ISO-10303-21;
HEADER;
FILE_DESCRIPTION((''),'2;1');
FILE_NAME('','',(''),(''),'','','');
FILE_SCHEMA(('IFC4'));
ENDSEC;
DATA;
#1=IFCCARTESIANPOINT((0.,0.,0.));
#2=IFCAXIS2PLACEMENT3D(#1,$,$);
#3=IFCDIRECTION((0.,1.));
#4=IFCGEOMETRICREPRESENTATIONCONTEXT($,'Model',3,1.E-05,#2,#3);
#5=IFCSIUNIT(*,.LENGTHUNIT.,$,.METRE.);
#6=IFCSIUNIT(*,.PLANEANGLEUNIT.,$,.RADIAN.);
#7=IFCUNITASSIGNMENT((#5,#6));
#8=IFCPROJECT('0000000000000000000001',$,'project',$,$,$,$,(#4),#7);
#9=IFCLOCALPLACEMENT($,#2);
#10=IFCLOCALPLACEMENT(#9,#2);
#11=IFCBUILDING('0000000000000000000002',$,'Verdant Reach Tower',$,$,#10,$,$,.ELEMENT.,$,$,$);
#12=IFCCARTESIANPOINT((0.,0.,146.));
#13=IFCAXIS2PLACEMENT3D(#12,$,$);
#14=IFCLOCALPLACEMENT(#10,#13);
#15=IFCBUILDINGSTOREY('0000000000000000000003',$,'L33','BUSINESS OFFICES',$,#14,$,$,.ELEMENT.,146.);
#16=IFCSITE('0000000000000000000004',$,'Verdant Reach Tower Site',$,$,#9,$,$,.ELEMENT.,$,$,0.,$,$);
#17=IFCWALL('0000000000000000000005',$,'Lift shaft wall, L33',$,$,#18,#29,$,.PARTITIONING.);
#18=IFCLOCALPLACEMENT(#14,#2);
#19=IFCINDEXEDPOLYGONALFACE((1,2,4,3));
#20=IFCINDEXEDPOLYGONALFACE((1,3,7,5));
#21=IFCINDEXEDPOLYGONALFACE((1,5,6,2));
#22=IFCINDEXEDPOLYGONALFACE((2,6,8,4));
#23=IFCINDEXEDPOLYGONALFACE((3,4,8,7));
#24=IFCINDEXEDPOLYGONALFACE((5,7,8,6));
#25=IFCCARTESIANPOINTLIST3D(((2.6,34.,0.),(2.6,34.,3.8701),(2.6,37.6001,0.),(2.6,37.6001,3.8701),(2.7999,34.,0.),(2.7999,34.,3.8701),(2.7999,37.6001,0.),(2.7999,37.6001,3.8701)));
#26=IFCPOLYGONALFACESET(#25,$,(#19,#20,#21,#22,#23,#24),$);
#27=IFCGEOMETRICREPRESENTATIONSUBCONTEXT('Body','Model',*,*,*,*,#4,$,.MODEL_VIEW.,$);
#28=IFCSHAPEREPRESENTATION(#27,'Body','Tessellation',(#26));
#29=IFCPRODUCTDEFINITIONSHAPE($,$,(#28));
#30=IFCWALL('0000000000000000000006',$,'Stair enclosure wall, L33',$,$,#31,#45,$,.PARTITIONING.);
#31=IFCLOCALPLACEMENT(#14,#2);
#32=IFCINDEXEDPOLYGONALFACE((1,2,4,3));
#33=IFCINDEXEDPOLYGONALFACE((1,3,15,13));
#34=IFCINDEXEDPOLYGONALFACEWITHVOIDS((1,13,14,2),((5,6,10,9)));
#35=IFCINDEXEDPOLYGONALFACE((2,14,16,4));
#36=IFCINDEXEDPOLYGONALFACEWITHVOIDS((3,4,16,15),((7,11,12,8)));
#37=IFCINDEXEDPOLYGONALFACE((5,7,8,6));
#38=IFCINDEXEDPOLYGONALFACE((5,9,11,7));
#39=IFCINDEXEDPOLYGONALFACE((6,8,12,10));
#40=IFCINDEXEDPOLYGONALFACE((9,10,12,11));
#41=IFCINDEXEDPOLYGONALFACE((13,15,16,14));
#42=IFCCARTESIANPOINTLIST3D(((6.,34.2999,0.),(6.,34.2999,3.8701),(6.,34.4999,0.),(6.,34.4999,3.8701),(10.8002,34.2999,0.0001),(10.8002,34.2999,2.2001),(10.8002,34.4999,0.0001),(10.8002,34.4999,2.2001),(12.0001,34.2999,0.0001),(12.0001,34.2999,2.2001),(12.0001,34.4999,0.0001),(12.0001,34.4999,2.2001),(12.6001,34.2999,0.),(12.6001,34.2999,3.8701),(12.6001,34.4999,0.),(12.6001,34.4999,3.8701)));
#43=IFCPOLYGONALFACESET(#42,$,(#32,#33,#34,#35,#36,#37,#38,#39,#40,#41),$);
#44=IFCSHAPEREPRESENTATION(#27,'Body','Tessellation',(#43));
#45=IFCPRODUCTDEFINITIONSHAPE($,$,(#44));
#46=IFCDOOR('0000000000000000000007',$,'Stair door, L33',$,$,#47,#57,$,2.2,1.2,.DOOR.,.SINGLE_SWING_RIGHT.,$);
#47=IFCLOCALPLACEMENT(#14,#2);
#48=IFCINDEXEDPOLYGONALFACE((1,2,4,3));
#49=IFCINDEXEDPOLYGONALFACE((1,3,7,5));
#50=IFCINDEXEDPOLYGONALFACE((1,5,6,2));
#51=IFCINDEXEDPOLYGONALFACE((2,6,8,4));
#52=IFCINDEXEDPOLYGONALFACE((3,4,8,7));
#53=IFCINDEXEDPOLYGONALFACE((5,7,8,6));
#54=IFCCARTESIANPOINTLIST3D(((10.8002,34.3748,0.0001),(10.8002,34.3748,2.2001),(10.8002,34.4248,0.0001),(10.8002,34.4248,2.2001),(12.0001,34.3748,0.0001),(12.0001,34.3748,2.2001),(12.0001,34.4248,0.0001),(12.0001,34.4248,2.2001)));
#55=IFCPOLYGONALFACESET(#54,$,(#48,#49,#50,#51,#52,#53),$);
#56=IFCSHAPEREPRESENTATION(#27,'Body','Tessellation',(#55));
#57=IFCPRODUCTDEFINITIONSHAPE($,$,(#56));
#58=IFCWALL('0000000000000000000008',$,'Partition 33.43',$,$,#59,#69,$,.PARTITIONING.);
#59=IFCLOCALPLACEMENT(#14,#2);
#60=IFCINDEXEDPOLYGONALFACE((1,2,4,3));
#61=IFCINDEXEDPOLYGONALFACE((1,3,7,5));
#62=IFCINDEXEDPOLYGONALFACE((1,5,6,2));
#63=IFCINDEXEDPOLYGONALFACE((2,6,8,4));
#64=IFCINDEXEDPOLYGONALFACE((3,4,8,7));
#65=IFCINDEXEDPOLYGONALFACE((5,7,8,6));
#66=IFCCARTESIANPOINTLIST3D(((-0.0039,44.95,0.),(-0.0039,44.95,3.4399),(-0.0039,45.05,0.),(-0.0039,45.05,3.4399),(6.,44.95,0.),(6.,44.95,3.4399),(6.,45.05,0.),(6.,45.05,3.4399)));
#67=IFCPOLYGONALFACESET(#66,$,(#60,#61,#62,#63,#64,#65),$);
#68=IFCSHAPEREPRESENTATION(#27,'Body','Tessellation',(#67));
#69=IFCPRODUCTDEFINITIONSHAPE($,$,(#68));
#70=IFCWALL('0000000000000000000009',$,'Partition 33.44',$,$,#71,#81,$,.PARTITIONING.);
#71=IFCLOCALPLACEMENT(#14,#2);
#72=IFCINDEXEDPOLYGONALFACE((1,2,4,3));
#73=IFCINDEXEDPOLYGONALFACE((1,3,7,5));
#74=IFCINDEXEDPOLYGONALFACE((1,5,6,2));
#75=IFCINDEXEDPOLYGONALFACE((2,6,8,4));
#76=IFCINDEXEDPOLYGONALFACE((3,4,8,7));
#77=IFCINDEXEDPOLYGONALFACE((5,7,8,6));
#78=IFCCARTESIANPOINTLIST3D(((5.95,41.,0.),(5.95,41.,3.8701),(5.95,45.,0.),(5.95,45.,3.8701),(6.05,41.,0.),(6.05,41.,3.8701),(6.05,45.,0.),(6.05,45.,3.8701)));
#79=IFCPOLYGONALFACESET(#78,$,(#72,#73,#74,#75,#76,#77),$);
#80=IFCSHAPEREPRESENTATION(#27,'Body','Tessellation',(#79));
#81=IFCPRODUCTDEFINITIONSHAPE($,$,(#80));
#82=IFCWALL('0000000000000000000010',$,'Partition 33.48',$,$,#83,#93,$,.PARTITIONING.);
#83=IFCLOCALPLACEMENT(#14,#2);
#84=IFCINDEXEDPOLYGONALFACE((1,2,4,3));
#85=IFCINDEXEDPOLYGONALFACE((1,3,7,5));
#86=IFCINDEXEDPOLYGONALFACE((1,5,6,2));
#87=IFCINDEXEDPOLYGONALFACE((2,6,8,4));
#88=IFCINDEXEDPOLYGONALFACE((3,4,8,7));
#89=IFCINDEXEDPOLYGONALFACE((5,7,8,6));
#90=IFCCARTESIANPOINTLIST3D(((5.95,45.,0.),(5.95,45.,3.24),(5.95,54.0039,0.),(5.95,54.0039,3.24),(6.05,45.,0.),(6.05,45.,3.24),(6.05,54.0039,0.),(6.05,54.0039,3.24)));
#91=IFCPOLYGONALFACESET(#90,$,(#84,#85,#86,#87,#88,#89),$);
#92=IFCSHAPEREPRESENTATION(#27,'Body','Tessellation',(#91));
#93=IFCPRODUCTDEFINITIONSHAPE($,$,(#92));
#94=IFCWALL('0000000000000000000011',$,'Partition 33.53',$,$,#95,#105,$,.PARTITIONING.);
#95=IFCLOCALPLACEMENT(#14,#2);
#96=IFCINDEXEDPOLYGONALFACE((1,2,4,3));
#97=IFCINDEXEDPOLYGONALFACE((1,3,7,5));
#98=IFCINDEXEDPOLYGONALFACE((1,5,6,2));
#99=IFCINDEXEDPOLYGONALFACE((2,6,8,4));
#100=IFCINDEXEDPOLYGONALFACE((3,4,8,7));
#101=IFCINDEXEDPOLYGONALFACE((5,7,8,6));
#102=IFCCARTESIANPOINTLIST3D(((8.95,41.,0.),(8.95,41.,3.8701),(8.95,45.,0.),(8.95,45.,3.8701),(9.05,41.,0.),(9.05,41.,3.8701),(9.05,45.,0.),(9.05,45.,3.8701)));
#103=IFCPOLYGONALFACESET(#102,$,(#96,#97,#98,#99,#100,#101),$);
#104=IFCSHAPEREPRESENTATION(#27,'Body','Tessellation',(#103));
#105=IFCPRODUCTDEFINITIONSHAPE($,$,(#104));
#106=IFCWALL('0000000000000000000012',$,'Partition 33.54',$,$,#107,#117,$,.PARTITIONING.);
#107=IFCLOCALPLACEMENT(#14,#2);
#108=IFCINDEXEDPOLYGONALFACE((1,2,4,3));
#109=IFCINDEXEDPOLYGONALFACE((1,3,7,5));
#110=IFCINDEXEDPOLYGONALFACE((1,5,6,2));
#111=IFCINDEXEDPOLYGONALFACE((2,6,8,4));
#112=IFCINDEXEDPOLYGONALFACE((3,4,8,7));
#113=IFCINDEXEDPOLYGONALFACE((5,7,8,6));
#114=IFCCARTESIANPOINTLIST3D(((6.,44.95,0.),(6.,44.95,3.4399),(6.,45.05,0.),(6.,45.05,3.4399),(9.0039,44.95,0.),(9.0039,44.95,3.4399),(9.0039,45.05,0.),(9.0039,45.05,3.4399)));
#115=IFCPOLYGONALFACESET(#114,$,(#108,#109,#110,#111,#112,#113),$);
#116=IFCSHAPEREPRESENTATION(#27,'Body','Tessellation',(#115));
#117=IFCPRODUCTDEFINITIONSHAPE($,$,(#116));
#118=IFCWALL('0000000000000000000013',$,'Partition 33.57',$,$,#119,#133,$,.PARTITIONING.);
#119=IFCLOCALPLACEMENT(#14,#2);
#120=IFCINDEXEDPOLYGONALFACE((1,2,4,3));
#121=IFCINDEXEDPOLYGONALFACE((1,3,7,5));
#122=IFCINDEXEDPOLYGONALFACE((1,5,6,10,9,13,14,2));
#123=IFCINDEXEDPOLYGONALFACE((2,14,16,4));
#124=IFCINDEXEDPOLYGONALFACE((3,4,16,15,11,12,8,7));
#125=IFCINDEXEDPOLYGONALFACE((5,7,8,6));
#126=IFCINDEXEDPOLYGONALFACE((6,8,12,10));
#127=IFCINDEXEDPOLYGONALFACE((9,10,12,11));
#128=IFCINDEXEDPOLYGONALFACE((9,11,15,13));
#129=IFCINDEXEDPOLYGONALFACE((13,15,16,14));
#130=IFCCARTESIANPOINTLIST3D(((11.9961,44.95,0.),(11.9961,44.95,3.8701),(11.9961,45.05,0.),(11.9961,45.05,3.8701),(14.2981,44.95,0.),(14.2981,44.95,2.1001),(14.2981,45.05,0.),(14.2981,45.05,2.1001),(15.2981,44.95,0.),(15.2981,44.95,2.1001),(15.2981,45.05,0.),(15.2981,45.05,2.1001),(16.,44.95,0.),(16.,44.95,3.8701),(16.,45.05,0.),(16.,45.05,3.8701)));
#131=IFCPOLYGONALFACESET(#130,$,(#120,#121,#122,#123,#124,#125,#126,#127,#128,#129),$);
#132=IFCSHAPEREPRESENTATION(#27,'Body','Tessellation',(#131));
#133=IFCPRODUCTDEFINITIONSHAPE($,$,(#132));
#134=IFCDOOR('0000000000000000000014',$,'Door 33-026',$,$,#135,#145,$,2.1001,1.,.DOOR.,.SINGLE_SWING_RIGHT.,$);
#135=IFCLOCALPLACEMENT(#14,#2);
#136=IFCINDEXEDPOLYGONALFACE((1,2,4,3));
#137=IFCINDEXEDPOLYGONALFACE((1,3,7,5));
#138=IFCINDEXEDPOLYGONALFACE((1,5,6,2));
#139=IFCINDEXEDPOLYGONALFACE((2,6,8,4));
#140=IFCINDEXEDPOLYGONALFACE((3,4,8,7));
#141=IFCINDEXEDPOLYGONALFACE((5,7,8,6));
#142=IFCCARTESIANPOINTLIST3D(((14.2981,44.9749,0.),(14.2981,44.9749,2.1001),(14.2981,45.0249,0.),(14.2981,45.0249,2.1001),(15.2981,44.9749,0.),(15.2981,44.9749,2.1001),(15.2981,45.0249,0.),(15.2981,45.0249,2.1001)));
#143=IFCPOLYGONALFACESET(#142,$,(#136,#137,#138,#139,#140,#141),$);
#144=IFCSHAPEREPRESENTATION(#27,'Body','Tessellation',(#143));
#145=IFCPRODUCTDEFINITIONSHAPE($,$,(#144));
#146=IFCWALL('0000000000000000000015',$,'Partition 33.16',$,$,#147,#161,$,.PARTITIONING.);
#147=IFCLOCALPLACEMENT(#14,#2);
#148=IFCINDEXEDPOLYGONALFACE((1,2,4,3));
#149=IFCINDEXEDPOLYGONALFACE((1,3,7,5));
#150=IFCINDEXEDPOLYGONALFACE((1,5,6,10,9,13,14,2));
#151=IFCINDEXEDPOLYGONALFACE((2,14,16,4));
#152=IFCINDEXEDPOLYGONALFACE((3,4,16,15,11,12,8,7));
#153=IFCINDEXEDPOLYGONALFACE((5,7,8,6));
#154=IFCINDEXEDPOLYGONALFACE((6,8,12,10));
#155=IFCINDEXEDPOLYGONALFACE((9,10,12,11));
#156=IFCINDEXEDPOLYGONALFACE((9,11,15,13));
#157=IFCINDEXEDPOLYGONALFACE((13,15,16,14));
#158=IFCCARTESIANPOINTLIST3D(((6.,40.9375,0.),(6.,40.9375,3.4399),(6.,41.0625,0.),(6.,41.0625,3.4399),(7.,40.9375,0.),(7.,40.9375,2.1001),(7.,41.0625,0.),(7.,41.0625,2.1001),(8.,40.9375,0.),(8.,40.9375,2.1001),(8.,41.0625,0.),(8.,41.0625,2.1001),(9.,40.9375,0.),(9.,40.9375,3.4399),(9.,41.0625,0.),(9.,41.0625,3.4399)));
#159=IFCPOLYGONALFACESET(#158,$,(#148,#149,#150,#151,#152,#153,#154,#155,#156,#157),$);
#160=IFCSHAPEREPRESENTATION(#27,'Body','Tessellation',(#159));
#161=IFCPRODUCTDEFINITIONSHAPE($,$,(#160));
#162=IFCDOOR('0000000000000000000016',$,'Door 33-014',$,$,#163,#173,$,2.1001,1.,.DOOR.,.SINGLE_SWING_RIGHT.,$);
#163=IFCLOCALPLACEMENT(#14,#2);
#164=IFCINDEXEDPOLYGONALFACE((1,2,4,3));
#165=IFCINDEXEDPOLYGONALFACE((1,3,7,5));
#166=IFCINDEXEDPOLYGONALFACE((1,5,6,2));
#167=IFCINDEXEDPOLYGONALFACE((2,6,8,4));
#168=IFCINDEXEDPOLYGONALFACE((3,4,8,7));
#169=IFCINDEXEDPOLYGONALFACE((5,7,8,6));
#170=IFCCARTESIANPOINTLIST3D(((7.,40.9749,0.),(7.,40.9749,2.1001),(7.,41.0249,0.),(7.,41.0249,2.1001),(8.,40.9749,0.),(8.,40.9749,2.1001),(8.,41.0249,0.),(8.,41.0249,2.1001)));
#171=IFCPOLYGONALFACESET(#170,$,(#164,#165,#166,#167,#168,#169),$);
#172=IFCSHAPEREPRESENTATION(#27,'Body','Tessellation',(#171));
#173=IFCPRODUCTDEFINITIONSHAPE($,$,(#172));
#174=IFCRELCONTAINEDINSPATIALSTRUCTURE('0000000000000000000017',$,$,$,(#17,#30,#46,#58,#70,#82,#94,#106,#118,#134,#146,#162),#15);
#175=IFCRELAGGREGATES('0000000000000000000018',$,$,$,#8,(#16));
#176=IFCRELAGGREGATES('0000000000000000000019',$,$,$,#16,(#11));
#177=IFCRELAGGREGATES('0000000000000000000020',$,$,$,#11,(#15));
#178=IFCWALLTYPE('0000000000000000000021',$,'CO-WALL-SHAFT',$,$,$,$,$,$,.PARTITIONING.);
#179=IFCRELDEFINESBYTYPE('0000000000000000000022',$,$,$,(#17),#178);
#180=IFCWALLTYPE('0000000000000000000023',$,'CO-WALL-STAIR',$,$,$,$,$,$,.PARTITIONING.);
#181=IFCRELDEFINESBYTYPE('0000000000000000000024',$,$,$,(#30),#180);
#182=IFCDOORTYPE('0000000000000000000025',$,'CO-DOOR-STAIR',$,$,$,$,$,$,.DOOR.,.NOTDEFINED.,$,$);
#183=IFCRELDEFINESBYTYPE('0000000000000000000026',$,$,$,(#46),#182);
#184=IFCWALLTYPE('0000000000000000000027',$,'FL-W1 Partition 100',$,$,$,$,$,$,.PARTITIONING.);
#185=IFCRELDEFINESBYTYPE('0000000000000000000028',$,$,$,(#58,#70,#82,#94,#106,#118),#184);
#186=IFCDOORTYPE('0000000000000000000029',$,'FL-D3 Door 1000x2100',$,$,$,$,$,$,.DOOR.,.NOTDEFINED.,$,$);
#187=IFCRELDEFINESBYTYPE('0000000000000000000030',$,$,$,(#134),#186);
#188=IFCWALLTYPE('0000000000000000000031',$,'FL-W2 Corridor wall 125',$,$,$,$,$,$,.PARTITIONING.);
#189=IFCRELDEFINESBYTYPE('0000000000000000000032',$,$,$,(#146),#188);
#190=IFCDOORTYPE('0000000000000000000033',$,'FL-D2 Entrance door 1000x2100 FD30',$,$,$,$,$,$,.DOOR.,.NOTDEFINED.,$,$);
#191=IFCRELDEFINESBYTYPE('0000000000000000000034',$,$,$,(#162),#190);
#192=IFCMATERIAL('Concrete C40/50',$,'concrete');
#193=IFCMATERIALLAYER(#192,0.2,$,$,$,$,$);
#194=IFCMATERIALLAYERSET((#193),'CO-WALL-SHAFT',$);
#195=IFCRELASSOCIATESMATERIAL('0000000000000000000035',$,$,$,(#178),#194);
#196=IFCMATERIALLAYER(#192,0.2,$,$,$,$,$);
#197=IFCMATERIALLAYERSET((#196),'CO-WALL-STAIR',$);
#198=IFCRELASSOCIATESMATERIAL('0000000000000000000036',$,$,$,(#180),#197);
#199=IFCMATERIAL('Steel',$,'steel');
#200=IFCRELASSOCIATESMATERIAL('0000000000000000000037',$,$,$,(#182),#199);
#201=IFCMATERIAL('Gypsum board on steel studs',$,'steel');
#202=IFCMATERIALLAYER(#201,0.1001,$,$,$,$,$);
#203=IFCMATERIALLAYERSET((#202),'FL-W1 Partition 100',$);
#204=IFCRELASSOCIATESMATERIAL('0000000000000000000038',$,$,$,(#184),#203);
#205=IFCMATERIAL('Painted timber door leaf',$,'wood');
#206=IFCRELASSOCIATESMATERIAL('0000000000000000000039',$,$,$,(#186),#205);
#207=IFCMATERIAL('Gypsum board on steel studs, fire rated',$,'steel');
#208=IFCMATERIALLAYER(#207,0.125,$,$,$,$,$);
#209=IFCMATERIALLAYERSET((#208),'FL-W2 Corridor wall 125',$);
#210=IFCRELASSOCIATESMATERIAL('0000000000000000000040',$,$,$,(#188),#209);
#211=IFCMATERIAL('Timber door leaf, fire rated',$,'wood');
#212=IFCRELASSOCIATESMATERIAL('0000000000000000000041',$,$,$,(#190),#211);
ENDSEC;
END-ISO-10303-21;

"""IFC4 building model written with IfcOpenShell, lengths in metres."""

from ifc_helpers import new_model, si_unit, direction, frame, frame_2d, origin, place, context, subcontext, project, spatial, rectangle, extrude, material, layer, layer_set, type_object, element, fill, save


model = new_model("IFC4")

# Units and contexts
model_context = context("Model", 3, precision=1e-05, world=origin(), true_north=direction((0.0, 1.0)))
body_context = subcontext(model_context, "Body", "Model", "MODEL_VIEW")
ifc_project = project(units=[si_unit("LENGTHUNIT", "METRE"), si_unit("PLANEANGLEUNIT", "RADIAN")], contexts=[model_context])

# Site, building, storey
site_placement = place(None, origin())
site = spatial("IfcSite", under=ifc_project, at=site_placement, Name="Verdant Reach Tower Site", CompositionType="ELEMENT", RefElevation=0.0)
building_placement = place(site_placement, origin())
building = spatial("IfcBuilding", under=site, at=building_placement, Name="Verdant Reach Tower", CompositionType="ELEMENT")
storey_placement = place(building_placement, frame((0.0, 0.0, 146.0)))
storey = spatial("IfcBuildingStorey", under=building, at=storey_placement, Name="L33", Description="BUSINESS OFFICES", CompositionType="ELEMENT", Elevation=146.0)

# Wall
ifc_material_1 = material(Name="Concrete C40/50", Category="concrete")
ifc_layer_1 = layer(ifc_material_1, 0.2)
ifc_layer_set_1 = layer_set([ifc_layer_1], Name="CO-WALL-SHAFT")
wall_type_1 = type_object("IfcWallType", Name="CO-WALL-SHAFT", PredefinedType="PARTITIONING", material=ifc_layer_set_1)
wall_1_placement = place(storey_placement, frame((2.7, 34.0, 0.0), z_axis=(0.0, 0.0, 1.0), x_axis=(0.0, 1.0, 0.0)))
element("IfcWall", 1, at=wall_1_placement, inside=storey, type_object=wall_type_1, Name="Lift shaft wall, L33", PredefinedType="PARTITIONING", context=body_context, shape_type="SweptSolid", body=[
    extrude(rectangle(XDim=3.6001, YDim=0.2, at=frame_2d((1.8, 0.0))), origin(), (0.0, 0.0, 1.0), 3.8701),
])

# Wall, opening, door
ifc_layer_2 = layer(ifc_material_1, 0.2)
ifc_layer_set_2 = layer_set([ifc_layer_2], Name="CO-WALL-STAIR")
wall_type_2 = type_object("IfcWallType", Name="CO-WALL-STAIR", PredefinedType="PARTITIONING", material=ifc_layer_set_2)
wall_2_placement = place(storey_placement, frame((6.0, 34.3999, 0.0), z_axis=(0.0, 0.0, 1.0), x_axis=(1.0, 0.0, 0.0)))
wall_2 = element("IfcWall", 2, at=wall_2_placement, inside=storey, type_object=wall_type_2, Name="Stair enclosure wall, L33", PredefinedType="PARTITIONING", context=body_context, shape_type="SweptSolid", body=[
    extrude(rectangle(XDim=6.6001, YDim=0.2, at=frame_2d((3.3, 0.0))), origin(), (0.0, 0.0, 1.0), 3.8701),
])
opening_1_placement = place(wall_2_placement, frame((4.8, 0.0, 0.0)))
opening_1 = element("IfcOpeningElement", 3, at=opening_1_placement, cuts=wall_2, PredefinedType="OPENING", context=body_context, shape_type="SweptSolid", body=[
    extrude(rectangle(XDim=1.2, YDim=2.2, at=frame_2d((0.6001, 1.1001))), frame((0.0, 0.1099, 0.0), z_axis=(0.0, -1.0, 0.0), x_axis=(1.0, 0.0, 0.0)), (0.0, 0.0, 1.0), 0.22),
])
ifc_material_2 = material(Name="Steel", Category="steel")
door_type_1 = type_object("IfcDoorType", Name="CO-DOOR-STAIR", OperationType="NOTDEFINED", PredefinedType="DOOR", material=ifc_material_2)
door_1_placement = place(opening_1_placement, origin())
door_1 = element("IfcDoor", 4, at=door_1_placement, inside=storey, type_object=door_type_1, Name="Stair door, L33", OperationType="SINGLE_SWING_RIGHT", OverallHeight=2.2, OverallWidth=1.2, PredefinedType="DOOR", context=body_context, shape_type="SweptSolid", body=[
    extrude(rectangle(XDim=1.2, YDim=2.2, at=frame_2d((0.6001, 1.1001))), frame((0.0, 0.0249, 0.0), z_axis=(0.0, -1.0, 0.0), x_axis=(1.0, 0.0, 0.0)), (0.0, 0.0, 1.0), 0.05),
])
fill(opening_1, door_1)

# Walls
ifc_material_3 = material(Name="Gypsum board on steel studs", Category="steel")
ifc_layer_3 = layer(ifc_material_3, 0.1001)
ifc_layer_set_3 = layer_set([ifc_layer_3], Name="FL-W1 Partition 100")
wall_type_3 = type_object("IfcWallType", Name="FL-W1 Partition 100", PredefinedType="PARTITIONING", material=ifc_layer_set_3)
wall_3_placement = place(storey_placement, frame((6.0, 45.0, 0.0), z_axis=(0.0, 0.0, 1.0), x_axis=(-1.0, 0.0, 0.0)))
element("IfcWall", 5, at=wall_3_placement, inside=storey, type_object=wall_type_3, Name="Partition 33.43", PredefinedType="PARTITIONING", context=body_context, shape_type="SweptSolid", body=[
    extrude(rectangle(XDim=6.0039, YDim=0.1001, at=frame_2d((3.002, 0.0))), origin(), (0.0, 0.0, 1.0), 3.4399),
])
wall_4_placement = place(storey_placement, frame((6.0, 41.0, 0.0), z_axis=(0.0, 0.0, 1.0), x_axis=(0.0, 1.0, 0.0)))
element("IfcWall", 6, at=wall_4_placement, inside=storey, type_object=wall_type_3, Name="Partition 33.44", PredefinedType="PARTITIONING", context=body_context, shape_type="SweptSolid", body=[
    extrude(rectangle(XDim=4.0, YDim=0.1001, at=frame_2d((2.0, 0.0))), origin(), (0.0, 0.0, 1.0), 3.8701),
])
wall_5_placement = place(storey_placement, frame((6.0, 45.0, 0.0), z_axis=(0.0, 0.0, 1.0), x_axis=(0.0, 1.0, 0.0)))
element("IfcWall", 7, at=wall_5_placement, inside=storey, type_object=wall_type_3, Name="Partition 33.48", PredefinedType="PARTITIONING", context=body_context, shape_type="SweptSolid", body=[
    extrude(rectangle(XDim=9.0039, YDim=0.1001, at=frame_2d((4.502, 0.0))), origin(), (0.0, 0.0, 1.0), 3.24),
])
wall_6_placement = place(storey_placement, frame((9.0, 41.0, 0.0), z_axis=(0.0, 0.0, 1.0), x_axis=(0.0, 1.0, 0.0)))
element("IfcWall", 8, at=wall_6_placement, inside=storey, type_object=wall_type_3, Name="Partition 33.53", PredefinedType="PARTITIONING", context=body_context, shape_type="SweptSolid", body=[
    extrude(rectangle(XDim=4.0, YDim=0.1001, at=frame_2d((2.0, 0.0))), origin(), (0.0, 0.0, 1.0), 3.8701),
])
wall_7_placement = place(storey_placement, frame((9.0039, 45.0, 0.0), z_axis=(0.0, 0.0, 1.0), x_axis=(-1.0, 0.0, 0.0)))
element("IfcWall", 9, at=wall_7_placement, inside=storey, type_object=wall_type_3, Name="Partition 33.54", PredefinedType="PARTITIONING", context=body_context, shape_type="SweptSolid", body=[
    extrude(rectangle(XDim=3.0039, YDim=0.1001, at=frame_2d((1.502, 0.0))), origin(), (0.0, 0.0, 1.0), 3.4399),
])

# Walls, openings, doors
wall_8_placement = place(storey_placement, frame((11.9961, 45.0, 0.0), z_axis=(0.0, 0.0, 1.0), x_axis=(1.0, 0.0, 0.0)))
wall_8 = element("IfcWall", 10, at=wall_8_placement, inside=storey, type_object=wall_type_3, Name="Partition 33.57", PredefinedType="PARTITIONING", context=body_context, shape_type="SweptSolid", body=[
    extrude(rectangle(XDim=4.0039, YDim=0.1001, at=frame_2d((2.002, 0.0))), origin(), (0.0, 0.0, 1.0), 3.8701),
])
opening_2_placement = place(wall_8_placement, frame((2.302, 0.0, 0.0)))
opening_2 = element("IfcOpeningElement", 11, at=opening_2_placement, cuts=wall_8, PredefinedType="OPENING", context=body_context, shape_type="SweptSolid", body=[
    extrude(rectangle(XDim=1.0, YDim=2.1001, at=frame_2d((0.5, 1.05))), frame((0.0, 0.0601, 0.0), z_axis=(0.0, -1.0, 0.0), x_axis=(1.0, 0.0, 0.0)), (0.0, 0.0, 1.0), 0.1201),
])
ifc_material_4 = material(Name="Painted timber door leaf", Category="wood")
door_type_2 = type_object("IfcDoorType", Name="FL-D3 Door 1000x2100", OperationType="NOTDEFINED", PredefinedType="DOOR", material=ifc_material_4)
door_2_placement = place(opening_2_placement, origin())
door_2 = element("IfcDoor", 12, at=door_2_placement, inside=storey, type_object=door_type_2, Name="Door 33-026", OperationType="SINGLE_SWING_RIGHT", OverallHeight=2.1001, OverallWidth=1.0, PredefinedType="DOOR", context=body_context, shape_type="SweptSolid", body=[
    extrude(rectangle(XDim=1.0, YDim=2.1001, at=frame_2d((0.5, 1.05))), frame((0.0, 0.0249, 0.0), z_axis=(0.0, -1.0, 0.0), x_axis=(1.0, 0.0, 0.0)), (0.0, 0.0, 1.0), 0.05),
])
fill(opening_2, door_2)
ifc_material_5 = material(Name="Gypsum board on steel studs, fire rated", Category="steel")
ifc_layer_4 = layer(ifc_material_5, 0.125)
ifc_layer_set_4 = layer_set([ifc_layer_4], Name="FL-W2 Corridor wall 125")
wall_type_4 = type_object("IfcWallType", Name="FL-W2 Corridor wall 125", PredefinedType="PARTITIONING", material=ifc_layer_set_4)
wall_9_placement = place(storey_placement, frame((6.0, 41.0, 0.0), z_axis=(0.0, 0.0, 1.0), x_axis=(1.0, 0.0, 0.0)))
wall_9 = element("IfcWall", 13, at=wall_9_placement, inside=storey, type_object=wall_type_4, Name="Partition 33.16", PredefinedType="PARTITIONING", context=body_context, shape_type="SweptSolid", body=[
    extrude(rectangle(XDim=3.0, YDim=0.125, at=frame_2d((1.5, 0.0))), origin(), (0.0, 0.0, 1.0), 3.4399),
])
opening_3_placement = place(wall_9_placement, frame((1.0, 0.0, 0.0)))
opening_3 = element("IfcOpeningElement", 14, at=opening_3_placement, cuts=wall_9, PredefinedType="OPENING", context=body_context, shape_type="SweptSolid", body=[
    extrude(rectangle(XDim=1.0, YDim=2.1001, at=frame_2d((0.5, 1.05))), frame((0.0, 0.0725, 0.0), z_axis=(0.0, -1.0, 0.0), x_axis=(1.0, 0.0, 0.0)), (0.0, 0.0, 1.0), 0.145),
])
ifc_material_6 = material(Name="Timber door leaf, fire rated", Category="wood")
door_type_3 = type_object("IfcDoorType", Name="FL-D2 Entrance door 1000x2100 FD30", OperationType="NOTDEFINED", PredefinedType="DOOR", material=ifc_material_6)
door_3_placement = place(opening_3_placement, origin())
door_3 = element("IfcDoor", 15, at=door_3_placement, inside=storey, type_object=door_type_3, Name="Door 33-014", OperationType="SINGLE_SWING_RIGHT", OverallHeight=2.1001, OverallWidth=1.0, PredefinedType="DOOR", context=body_context, shape_type="SweptSolid", body=[
    extrude(rectangle(XDim=1.0, YDim=2.1001, at=frame_2d((0.5, 1.05))), frame((0.0, 0.0249, 0.0), z_axis=(0.0, -1.0, 0.0), x_axis=(1.0, 0.0, 0.0)), (0.0, 0.0, 1.0), 0.05),
])
fill(opening_3, door_3)

save(model, "model.ifc")
